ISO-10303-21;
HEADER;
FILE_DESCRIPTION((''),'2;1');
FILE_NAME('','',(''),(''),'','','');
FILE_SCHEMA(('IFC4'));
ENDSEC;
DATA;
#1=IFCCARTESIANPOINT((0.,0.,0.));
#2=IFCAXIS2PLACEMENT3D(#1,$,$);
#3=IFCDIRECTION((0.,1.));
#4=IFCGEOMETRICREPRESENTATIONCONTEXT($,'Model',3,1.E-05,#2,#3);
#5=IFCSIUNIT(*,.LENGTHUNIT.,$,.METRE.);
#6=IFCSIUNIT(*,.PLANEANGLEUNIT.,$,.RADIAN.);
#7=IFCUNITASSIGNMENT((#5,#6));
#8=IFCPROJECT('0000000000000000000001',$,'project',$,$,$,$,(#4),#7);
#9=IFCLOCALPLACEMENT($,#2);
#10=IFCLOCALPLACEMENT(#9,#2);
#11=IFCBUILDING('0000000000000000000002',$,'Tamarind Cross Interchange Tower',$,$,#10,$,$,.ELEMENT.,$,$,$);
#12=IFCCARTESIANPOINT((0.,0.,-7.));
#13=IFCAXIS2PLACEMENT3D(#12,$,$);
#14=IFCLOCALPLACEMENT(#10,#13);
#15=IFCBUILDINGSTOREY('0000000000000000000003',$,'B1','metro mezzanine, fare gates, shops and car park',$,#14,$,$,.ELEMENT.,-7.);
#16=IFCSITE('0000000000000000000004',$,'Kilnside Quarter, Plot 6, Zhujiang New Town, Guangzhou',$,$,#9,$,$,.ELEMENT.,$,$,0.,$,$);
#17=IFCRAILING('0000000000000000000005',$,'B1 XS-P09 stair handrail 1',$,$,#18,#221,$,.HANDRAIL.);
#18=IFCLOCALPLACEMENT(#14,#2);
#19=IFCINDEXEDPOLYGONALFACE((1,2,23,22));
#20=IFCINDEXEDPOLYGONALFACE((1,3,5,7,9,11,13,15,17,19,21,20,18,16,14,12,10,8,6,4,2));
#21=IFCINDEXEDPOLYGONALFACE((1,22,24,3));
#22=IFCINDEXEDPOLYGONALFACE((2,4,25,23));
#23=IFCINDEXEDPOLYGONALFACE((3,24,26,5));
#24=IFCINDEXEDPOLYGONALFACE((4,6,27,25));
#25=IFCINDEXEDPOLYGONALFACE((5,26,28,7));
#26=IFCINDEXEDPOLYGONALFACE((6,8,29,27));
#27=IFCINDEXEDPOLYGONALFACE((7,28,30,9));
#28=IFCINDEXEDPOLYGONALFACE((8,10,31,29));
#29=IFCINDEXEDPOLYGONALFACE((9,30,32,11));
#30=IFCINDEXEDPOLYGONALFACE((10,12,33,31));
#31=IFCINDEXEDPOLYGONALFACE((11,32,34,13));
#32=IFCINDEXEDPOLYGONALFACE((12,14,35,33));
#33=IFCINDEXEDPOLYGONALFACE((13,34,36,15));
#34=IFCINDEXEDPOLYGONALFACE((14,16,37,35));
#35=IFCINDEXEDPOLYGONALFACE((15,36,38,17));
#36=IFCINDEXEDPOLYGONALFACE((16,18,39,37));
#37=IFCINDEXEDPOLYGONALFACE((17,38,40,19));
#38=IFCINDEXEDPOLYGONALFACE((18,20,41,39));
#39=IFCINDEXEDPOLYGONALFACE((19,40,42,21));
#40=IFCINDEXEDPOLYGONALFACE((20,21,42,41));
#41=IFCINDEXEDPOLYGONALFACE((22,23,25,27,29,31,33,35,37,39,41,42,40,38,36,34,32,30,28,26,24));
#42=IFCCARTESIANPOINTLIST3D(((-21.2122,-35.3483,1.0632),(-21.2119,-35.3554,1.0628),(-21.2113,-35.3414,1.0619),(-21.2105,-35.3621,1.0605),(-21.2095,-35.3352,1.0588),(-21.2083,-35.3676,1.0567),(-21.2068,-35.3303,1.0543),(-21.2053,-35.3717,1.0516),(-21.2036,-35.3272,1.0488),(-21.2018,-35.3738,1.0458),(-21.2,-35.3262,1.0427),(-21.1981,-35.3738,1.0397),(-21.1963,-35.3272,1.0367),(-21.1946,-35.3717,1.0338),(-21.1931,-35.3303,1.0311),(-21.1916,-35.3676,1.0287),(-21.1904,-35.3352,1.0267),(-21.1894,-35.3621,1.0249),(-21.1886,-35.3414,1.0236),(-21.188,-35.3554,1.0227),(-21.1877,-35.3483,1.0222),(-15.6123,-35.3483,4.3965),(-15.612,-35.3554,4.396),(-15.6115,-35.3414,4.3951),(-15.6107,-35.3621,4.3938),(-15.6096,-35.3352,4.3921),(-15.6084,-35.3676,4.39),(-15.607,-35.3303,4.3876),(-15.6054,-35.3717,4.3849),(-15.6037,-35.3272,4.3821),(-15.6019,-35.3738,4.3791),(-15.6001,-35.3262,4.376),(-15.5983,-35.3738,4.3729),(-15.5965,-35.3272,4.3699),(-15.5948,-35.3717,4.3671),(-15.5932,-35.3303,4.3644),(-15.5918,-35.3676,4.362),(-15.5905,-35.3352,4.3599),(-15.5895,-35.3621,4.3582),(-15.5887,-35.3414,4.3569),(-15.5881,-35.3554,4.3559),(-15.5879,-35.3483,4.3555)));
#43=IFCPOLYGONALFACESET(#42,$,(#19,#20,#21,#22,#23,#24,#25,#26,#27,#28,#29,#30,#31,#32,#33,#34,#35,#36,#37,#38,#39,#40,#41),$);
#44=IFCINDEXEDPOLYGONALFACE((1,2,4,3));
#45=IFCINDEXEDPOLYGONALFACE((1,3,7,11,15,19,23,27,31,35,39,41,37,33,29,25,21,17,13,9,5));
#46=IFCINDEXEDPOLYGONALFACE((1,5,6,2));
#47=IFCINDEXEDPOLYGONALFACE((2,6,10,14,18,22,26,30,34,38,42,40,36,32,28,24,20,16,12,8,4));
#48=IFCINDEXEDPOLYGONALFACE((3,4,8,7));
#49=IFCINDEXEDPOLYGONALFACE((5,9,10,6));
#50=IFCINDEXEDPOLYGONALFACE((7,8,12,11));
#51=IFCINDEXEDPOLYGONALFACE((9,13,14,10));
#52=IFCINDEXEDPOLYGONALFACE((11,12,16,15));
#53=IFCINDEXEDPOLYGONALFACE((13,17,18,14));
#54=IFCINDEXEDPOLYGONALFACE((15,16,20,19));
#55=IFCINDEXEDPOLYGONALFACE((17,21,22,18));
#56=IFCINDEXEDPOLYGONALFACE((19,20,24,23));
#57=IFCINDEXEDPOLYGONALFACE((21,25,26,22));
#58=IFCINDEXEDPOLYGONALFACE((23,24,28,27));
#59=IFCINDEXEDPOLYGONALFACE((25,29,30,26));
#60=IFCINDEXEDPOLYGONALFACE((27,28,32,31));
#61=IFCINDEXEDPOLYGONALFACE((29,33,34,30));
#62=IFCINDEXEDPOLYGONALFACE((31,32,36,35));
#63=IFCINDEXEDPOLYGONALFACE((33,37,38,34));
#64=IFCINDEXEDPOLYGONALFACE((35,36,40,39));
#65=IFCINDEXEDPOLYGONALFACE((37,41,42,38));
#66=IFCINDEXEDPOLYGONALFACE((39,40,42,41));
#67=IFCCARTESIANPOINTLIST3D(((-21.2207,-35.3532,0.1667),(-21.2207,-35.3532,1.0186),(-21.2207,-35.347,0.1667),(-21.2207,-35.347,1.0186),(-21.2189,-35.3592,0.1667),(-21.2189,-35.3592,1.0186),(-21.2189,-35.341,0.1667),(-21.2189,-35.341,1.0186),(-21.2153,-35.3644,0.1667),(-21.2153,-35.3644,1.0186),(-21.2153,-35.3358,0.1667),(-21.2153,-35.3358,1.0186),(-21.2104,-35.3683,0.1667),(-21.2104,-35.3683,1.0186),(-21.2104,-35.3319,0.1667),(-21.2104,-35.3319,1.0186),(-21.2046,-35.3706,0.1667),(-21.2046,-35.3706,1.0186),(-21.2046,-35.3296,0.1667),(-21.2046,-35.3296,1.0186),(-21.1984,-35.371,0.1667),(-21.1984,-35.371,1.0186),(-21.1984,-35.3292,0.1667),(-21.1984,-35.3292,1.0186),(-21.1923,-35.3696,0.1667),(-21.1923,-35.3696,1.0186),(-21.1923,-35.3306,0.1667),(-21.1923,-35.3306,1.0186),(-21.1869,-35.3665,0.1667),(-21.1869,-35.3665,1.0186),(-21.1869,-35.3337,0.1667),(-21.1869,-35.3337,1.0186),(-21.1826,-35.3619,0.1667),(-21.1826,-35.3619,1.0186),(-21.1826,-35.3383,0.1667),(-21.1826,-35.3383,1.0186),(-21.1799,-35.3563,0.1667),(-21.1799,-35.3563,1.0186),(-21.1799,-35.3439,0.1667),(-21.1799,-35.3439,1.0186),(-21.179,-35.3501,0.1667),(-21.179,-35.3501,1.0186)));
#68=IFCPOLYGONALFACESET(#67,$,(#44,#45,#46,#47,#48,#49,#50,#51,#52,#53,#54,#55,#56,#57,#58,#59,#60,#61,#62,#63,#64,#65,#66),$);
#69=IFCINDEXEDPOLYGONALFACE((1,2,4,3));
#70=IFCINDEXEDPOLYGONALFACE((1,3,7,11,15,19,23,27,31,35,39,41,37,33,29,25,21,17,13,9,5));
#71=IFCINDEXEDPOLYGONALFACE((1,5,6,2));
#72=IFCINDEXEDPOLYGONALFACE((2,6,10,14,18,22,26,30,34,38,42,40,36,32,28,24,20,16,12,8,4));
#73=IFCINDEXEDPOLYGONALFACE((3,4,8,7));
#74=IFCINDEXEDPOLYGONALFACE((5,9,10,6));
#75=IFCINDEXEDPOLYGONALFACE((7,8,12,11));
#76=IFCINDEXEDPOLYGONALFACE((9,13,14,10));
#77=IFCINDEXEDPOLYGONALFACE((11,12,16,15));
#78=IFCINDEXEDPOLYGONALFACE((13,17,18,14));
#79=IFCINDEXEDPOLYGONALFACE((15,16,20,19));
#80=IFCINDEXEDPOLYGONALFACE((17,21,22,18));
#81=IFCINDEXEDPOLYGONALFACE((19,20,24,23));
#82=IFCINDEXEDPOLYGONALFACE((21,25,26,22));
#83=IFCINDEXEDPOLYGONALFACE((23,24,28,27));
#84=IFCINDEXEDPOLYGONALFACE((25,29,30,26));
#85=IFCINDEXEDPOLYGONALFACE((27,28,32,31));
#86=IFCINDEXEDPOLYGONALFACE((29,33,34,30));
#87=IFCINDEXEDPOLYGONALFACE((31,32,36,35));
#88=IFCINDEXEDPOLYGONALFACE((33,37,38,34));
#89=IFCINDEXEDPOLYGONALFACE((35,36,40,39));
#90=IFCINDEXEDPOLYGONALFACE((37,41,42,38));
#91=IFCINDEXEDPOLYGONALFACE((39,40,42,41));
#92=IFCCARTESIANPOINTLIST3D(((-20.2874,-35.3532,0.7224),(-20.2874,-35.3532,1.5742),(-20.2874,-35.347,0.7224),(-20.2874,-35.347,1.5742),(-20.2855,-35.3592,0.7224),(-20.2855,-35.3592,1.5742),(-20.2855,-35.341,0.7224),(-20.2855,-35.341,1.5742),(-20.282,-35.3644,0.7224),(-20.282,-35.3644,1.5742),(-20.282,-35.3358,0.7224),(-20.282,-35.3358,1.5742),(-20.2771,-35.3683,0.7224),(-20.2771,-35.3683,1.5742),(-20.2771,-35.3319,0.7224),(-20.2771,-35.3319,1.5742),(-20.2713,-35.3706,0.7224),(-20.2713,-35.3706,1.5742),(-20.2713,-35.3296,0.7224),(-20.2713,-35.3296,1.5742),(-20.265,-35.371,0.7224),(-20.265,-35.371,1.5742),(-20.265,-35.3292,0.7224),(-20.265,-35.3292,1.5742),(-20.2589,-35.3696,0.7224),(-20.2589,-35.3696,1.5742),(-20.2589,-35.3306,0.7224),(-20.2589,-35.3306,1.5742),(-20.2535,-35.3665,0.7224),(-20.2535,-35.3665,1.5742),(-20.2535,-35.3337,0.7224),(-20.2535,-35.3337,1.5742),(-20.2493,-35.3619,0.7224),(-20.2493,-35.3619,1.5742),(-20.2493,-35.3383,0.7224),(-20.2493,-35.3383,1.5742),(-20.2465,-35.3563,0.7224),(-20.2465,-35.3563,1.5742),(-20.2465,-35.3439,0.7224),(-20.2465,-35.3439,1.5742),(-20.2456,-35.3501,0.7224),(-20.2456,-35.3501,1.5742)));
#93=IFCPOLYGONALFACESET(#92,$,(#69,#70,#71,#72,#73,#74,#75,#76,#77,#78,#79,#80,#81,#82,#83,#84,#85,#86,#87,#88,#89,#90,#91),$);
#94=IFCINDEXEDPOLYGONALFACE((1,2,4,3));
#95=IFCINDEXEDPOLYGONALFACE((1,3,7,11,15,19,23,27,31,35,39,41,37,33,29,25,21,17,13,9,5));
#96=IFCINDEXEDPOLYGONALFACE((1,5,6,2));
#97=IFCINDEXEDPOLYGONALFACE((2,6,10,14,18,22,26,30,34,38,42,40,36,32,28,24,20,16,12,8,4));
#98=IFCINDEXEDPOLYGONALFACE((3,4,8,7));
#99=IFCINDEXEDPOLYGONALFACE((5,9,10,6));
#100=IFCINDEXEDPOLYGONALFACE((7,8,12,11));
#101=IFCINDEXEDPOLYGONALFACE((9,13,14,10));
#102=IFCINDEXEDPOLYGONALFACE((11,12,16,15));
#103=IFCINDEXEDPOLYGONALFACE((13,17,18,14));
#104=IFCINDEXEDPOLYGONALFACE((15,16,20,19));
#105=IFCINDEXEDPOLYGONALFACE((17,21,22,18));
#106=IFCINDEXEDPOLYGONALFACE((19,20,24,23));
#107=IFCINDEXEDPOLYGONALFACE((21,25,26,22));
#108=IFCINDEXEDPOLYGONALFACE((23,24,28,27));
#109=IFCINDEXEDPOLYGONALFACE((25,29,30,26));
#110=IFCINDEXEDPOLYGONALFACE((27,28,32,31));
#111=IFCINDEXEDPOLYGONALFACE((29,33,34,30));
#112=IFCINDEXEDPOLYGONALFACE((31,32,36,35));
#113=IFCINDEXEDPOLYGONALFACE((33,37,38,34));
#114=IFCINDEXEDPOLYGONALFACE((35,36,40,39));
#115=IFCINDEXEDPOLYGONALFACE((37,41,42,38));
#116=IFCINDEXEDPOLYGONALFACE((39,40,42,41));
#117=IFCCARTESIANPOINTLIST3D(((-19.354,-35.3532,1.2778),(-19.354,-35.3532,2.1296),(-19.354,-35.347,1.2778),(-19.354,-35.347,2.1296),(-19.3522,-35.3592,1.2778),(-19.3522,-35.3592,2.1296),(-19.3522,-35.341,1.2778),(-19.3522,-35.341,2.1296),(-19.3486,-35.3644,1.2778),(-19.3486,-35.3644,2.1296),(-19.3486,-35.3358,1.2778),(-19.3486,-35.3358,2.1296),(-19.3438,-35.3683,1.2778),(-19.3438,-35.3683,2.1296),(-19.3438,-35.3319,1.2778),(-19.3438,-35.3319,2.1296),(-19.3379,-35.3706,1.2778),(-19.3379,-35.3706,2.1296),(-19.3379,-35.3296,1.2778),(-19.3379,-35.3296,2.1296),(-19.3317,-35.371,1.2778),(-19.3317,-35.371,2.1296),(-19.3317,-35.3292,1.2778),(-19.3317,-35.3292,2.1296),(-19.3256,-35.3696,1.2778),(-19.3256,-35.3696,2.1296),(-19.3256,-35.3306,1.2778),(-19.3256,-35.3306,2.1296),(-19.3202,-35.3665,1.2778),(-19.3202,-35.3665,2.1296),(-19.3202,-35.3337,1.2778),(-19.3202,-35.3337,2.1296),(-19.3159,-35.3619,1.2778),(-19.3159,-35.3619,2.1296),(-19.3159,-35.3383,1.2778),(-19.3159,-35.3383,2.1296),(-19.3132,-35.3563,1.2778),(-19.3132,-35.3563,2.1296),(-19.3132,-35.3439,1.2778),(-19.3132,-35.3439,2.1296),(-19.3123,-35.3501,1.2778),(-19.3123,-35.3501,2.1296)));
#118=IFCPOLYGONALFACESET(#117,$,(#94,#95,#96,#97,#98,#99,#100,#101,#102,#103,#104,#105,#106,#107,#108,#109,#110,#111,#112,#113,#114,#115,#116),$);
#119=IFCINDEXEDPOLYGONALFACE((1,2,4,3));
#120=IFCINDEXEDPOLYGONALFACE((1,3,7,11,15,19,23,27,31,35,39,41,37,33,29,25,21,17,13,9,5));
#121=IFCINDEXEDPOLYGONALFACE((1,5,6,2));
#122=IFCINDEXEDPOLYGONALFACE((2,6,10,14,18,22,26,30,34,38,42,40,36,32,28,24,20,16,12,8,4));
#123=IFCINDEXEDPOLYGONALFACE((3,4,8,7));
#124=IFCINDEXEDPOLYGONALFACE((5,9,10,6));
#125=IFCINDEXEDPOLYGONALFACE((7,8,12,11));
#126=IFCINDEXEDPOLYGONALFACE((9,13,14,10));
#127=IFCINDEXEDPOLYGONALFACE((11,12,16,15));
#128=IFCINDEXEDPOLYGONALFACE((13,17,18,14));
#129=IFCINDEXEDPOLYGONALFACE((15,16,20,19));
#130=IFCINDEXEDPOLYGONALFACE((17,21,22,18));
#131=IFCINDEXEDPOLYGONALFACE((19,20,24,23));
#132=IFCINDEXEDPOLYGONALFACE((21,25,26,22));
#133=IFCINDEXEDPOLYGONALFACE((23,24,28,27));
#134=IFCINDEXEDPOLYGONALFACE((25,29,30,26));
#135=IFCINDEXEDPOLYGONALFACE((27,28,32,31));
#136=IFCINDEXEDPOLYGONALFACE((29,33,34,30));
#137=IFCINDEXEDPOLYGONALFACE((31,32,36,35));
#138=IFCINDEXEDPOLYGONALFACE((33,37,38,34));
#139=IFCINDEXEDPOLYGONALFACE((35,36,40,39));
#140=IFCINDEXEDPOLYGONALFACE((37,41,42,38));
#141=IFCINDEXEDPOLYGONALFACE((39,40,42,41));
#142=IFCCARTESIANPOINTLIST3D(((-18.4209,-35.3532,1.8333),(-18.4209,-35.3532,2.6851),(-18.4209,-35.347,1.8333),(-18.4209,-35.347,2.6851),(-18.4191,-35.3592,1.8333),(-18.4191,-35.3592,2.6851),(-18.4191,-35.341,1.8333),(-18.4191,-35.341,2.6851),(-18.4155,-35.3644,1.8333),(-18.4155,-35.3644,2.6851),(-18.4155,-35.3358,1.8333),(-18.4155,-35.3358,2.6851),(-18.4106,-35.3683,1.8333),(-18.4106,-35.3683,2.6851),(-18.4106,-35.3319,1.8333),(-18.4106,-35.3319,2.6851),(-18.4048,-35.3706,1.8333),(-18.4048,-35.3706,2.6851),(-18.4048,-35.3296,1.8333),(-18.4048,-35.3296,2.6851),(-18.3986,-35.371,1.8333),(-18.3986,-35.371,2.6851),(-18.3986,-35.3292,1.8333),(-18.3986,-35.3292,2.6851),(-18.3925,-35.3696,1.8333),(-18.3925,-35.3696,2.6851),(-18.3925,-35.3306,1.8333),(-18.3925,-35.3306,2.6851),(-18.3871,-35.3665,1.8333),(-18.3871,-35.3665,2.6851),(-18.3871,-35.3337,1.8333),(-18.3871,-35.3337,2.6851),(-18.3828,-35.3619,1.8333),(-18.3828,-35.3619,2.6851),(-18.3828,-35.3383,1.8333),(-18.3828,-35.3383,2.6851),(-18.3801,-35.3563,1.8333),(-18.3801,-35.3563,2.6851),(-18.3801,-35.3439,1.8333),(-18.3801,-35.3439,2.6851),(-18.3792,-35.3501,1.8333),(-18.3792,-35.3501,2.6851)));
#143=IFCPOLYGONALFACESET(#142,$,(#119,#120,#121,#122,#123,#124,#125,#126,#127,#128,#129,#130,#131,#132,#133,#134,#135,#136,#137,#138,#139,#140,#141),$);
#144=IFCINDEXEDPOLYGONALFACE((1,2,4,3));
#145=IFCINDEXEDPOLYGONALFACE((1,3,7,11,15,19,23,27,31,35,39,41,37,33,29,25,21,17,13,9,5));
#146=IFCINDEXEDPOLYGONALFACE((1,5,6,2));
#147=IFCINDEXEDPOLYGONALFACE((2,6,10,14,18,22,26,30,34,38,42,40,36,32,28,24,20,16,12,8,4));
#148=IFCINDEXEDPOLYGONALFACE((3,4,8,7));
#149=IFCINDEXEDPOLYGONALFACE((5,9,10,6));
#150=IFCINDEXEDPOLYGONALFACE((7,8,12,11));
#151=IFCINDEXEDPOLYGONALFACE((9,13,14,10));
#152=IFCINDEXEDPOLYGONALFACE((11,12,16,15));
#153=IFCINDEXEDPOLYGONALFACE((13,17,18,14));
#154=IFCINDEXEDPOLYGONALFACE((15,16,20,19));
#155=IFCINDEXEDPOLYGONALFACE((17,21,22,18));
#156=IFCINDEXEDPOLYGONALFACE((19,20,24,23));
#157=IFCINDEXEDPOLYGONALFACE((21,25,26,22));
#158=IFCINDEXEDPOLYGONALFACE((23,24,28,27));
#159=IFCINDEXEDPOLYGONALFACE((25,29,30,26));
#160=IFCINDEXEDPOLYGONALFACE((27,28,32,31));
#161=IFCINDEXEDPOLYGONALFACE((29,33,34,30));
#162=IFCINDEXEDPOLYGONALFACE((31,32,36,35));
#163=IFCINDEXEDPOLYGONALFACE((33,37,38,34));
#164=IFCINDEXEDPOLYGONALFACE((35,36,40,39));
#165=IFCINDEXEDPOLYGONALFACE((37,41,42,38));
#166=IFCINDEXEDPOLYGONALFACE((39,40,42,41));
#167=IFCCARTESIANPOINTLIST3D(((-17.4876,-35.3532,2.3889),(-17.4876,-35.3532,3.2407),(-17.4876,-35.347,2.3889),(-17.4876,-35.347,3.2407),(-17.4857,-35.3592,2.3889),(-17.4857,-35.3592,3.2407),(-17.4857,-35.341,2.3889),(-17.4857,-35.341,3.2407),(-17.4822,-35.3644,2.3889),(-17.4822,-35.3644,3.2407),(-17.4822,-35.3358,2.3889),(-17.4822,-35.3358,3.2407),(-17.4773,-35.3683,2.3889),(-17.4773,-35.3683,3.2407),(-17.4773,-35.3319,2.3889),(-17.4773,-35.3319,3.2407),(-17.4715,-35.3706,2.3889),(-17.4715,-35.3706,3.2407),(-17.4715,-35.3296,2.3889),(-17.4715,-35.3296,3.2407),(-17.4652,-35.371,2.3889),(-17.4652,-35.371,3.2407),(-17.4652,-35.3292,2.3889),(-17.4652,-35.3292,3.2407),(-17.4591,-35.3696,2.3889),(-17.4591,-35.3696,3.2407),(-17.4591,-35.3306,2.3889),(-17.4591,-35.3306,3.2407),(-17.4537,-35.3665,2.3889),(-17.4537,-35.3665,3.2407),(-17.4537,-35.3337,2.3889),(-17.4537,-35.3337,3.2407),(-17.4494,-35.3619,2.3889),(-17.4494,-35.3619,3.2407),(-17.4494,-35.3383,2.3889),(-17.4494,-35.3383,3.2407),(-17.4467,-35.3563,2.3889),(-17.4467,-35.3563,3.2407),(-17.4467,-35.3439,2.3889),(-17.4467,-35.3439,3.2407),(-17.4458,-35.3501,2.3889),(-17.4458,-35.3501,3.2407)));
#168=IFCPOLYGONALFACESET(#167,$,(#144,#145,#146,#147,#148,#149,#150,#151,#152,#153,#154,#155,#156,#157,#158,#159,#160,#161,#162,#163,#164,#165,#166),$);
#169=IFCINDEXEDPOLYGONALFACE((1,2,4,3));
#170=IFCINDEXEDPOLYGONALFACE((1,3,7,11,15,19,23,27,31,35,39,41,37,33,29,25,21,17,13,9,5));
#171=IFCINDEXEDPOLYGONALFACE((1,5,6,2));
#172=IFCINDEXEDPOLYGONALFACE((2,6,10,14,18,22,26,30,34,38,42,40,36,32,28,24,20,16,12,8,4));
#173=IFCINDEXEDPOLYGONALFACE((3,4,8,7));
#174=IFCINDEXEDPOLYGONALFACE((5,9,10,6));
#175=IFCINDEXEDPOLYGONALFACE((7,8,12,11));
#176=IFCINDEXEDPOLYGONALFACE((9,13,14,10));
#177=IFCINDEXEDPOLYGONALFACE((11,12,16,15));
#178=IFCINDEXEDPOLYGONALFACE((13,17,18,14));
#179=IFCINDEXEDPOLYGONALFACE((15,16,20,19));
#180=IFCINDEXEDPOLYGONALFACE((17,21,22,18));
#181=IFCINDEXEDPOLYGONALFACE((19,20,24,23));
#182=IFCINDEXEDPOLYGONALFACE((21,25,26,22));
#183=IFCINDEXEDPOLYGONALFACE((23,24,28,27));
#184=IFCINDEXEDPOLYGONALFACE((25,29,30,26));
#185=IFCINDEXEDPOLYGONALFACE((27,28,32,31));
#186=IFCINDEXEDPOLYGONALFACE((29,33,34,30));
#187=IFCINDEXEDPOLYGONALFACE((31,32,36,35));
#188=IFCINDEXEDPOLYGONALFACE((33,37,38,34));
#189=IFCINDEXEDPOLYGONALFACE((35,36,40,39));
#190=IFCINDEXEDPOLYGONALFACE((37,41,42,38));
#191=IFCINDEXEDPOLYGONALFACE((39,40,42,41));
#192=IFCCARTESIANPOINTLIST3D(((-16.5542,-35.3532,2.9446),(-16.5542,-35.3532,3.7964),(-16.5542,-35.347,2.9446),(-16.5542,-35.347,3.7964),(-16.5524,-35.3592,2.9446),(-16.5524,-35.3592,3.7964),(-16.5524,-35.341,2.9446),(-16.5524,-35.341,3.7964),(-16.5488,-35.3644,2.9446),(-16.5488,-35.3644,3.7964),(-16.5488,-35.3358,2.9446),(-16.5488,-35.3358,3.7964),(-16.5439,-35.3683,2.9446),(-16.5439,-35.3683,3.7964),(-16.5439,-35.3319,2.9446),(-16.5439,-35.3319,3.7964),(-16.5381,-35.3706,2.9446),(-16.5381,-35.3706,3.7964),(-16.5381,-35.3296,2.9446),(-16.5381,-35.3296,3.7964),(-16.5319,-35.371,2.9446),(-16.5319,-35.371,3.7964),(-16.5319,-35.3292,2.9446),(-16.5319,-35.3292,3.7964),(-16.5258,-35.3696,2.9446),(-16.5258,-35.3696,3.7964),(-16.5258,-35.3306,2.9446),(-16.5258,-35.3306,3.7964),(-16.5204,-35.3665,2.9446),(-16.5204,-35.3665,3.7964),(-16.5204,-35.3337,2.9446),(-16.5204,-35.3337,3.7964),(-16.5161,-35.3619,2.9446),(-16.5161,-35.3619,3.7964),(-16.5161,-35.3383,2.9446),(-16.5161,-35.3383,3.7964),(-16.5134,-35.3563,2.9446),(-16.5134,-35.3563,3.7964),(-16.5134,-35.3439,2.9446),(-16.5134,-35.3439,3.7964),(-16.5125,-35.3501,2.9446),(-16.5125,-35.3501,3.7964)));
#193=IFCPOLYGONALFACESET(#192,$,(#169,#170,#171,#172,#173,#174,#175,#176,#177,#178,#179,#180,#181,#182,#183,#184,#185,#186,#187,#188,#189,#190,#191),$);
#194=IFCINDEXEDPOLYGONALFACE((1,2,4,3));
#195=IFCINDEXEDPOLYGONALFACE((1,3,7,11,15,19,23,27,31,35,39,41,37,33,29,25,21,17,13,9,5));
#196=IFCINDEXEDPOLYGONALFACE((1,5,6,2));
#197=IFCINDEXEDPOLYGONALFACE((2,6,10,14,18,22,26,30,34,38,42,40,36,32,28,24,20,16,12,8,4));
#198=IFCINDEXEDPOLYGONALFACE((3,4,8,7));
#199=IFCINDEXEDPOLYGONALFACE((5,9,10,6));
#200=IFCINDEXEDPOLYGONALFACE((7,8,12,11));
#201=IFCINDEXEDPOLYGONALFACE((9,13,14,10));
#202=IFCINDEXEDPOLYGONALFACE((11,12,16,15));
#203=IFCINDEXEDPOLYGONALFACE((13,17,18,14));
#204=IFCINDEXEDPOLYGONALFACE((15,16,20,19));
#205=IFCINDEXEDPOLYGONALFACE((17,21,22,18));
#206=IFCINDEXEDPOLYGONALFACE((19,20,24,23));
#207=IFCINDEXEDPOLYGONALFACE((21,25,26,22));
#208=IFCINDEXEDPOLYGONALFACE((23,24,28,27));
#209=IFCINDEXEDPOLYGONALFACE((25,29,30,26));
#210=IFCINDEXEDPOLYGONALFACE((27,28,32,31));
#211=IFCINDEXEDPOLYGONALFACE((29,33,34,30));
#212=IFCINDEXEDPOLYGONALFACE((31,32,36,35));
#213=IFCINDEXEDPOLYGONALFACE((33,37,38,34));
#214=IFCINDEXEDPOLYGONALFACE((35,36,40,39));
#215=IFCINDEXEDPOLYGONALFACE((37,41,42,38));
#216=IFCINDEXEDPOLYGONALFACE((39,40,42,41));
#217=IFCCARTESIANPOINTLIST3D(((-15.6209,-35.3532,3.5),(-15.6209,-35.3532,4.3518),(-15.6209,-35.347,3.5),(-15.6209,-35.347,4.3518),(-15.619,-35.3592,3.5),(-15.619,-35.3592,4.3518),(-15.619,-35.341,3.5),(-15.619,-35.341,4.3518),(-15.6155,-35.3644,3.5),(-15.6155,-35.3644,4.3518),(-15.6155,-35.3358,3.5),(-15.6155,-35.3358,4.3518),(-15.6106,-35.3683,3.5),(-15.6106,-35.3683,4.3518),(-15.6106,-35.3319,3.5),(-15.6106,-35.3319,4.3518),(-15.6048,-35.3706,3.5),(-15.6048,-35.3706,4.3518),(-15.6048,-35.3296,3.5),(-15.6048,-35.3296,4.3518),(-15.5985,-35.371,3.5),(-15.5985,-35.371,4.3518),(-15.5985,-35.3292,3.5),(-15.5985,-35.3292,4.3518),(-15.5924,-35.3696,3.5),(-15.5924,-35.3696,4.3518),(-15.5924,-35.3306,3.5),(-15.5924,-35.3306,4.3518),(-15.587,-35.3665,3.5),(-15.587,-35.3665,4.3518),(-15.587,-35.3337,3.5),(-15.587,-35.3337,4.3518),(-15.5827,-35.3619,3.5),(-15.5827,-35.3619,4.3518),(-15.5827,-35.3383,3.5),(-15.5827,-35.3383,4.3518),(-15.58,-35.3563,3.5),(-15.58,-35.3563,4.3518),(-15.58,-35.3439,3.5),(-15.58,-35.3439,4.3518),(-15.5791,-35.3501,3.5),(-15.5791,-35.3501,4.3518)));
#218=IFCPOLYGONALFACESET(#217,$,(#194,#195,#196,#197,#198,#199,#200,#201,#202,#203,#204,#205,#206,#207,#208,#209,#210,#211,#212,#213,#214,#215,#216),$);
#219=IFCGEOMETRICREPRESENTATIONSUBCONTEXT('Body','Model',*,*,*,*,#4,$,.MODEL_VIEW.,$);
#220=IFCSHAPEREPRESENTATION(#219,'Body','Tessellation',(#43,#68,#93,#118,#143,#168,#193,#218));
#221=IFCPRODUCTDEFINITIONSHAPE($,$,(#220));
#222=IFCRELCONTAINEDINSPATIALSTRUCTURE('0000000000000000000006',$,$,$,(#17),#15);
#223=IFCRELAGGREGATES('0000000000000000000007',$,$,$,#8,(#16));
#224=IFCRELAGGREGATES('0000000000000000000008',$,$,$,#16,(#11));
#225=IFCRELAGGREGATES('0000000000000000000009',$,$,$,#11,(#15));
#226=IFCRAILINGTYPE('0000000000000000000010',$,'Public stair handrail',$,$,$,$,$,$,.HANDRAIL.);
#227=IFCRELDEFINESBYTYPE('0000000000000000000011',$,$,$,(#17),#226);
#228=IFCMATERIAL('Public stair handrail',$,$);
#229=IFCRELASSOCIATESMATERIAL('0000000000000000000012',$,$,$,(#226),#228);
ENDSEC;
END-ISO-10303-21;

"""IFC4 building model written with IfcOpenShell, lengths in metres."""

from ifc_helpers import new_model, si_unit, direction, frame, origin, origin_2d, place, context, subcontext, project, spatial, circle, extrude, material, type_object, element, save


model = new_model("IFC4")

# Units and contexts
model_context = context("Model", 3, precision=1e-05, world=origin(), true_north=direction((0.0, 1.0)))
body_context = subcontext(model_context, "Body", "Model", "MODEL_VIEW")
ifc_project = project(units=[si_unit("LENGTHUNIT", "METRE"), si_unit("PLANEANGLEUNIT", "RADIAN")], contexts=[model_context])

# Site, building, storey
site_placement = place(None, origin())
site = spatial("IfcSite", under=ifc_project, at=site_placement, Name="Kilnside Quarter, Plot 6, Zhujiang New Town, Guangzhou", CompositionType="ELEMENT", RefElevation=0.0)
building_placement = place(site_placement, origin())
building = spatial("IfcBuilding", under=site, at=building_placement, Name="Tamarind Cross Interchange Tower", CompositionType="ELEMENT")
storey_placement = place(building_placement, frame((0.0, 0.0, -7.0)))
storey = spatial("IfcBuildingStorey", under=building, at=storey_placement, Name="B1", Description="metro mezzanine, fare gates, shops and car park", CompositionType="ELEMENT", Elevation=-7.0)

# Railing
ifc_material_1 = material(Name="Public stair handrail")
railing_type_1 = type_object("IfcRailingType", Name="Public stair handrail", PredefinedType="HANDRAIL", material=ifc_material_1)
railing_1_placement = place(storey_placement, frame((-21.2, -35.3501, 0.1667)))
element("IfcRailing", 1, at=railing_1_placement, inside=storey, type_object=railing_type_1, Name="B1 XS-P09 stair handrail 1", PredefinedType="HANDRAIL", context=body_context, shape_type="SweptSolid", body=[
    extrude(circle(Radius=0.0239, at=origin_2d()), frame((0.0, 0.0, 0.876), z_axis=(0.859292, 0.0, 0.511485), x_axis=(0.0, 1.0, 0.0)), (0.0, 0.0, 1.0), 6.5168),
    extrude(circle(Radius=0.021, at=origin_2d()), origin(), (0.0, 0.0, 1.0), 0.8518),
    extrude(circle(Radius=0.021, at=origin_2d()), frame((0.9333, 0.0, 0.5557)), (0.0, 0.0, 1.0), 0.8518),
    extrude(circle(Radius=0.021, at=origin_2d()), frame((1.8667, 0.0, 1.1111)), (0.0, 0.0, 1.0), 0.8518),
    extrude(circle(Radius=0.021, at=origin_2d()), frame((2.7998, 0.0, 1.6665)), (0.0, 0.0, 1.0), 0.8518),
    extrude(circle(Radius=0.021, at=origin_2d()), frame((3.7332, 0.0, 2.2222)), (0.0, 0.0, 1.0), 0.8518),
    extrude(circle(Radius=0.021, at=origin_2d()), frame((4.6665, 0.0, 2.7778)), (0.0, 0.0, 1.0), 0.8518),
    extrude(circle(Radius=0.021, at=origin_2d()), frame((5.5999, 0.0, 3.3333)), (0.0, 0.0, 1.0), 0.8518),
])

save(model, "model.ifc")
